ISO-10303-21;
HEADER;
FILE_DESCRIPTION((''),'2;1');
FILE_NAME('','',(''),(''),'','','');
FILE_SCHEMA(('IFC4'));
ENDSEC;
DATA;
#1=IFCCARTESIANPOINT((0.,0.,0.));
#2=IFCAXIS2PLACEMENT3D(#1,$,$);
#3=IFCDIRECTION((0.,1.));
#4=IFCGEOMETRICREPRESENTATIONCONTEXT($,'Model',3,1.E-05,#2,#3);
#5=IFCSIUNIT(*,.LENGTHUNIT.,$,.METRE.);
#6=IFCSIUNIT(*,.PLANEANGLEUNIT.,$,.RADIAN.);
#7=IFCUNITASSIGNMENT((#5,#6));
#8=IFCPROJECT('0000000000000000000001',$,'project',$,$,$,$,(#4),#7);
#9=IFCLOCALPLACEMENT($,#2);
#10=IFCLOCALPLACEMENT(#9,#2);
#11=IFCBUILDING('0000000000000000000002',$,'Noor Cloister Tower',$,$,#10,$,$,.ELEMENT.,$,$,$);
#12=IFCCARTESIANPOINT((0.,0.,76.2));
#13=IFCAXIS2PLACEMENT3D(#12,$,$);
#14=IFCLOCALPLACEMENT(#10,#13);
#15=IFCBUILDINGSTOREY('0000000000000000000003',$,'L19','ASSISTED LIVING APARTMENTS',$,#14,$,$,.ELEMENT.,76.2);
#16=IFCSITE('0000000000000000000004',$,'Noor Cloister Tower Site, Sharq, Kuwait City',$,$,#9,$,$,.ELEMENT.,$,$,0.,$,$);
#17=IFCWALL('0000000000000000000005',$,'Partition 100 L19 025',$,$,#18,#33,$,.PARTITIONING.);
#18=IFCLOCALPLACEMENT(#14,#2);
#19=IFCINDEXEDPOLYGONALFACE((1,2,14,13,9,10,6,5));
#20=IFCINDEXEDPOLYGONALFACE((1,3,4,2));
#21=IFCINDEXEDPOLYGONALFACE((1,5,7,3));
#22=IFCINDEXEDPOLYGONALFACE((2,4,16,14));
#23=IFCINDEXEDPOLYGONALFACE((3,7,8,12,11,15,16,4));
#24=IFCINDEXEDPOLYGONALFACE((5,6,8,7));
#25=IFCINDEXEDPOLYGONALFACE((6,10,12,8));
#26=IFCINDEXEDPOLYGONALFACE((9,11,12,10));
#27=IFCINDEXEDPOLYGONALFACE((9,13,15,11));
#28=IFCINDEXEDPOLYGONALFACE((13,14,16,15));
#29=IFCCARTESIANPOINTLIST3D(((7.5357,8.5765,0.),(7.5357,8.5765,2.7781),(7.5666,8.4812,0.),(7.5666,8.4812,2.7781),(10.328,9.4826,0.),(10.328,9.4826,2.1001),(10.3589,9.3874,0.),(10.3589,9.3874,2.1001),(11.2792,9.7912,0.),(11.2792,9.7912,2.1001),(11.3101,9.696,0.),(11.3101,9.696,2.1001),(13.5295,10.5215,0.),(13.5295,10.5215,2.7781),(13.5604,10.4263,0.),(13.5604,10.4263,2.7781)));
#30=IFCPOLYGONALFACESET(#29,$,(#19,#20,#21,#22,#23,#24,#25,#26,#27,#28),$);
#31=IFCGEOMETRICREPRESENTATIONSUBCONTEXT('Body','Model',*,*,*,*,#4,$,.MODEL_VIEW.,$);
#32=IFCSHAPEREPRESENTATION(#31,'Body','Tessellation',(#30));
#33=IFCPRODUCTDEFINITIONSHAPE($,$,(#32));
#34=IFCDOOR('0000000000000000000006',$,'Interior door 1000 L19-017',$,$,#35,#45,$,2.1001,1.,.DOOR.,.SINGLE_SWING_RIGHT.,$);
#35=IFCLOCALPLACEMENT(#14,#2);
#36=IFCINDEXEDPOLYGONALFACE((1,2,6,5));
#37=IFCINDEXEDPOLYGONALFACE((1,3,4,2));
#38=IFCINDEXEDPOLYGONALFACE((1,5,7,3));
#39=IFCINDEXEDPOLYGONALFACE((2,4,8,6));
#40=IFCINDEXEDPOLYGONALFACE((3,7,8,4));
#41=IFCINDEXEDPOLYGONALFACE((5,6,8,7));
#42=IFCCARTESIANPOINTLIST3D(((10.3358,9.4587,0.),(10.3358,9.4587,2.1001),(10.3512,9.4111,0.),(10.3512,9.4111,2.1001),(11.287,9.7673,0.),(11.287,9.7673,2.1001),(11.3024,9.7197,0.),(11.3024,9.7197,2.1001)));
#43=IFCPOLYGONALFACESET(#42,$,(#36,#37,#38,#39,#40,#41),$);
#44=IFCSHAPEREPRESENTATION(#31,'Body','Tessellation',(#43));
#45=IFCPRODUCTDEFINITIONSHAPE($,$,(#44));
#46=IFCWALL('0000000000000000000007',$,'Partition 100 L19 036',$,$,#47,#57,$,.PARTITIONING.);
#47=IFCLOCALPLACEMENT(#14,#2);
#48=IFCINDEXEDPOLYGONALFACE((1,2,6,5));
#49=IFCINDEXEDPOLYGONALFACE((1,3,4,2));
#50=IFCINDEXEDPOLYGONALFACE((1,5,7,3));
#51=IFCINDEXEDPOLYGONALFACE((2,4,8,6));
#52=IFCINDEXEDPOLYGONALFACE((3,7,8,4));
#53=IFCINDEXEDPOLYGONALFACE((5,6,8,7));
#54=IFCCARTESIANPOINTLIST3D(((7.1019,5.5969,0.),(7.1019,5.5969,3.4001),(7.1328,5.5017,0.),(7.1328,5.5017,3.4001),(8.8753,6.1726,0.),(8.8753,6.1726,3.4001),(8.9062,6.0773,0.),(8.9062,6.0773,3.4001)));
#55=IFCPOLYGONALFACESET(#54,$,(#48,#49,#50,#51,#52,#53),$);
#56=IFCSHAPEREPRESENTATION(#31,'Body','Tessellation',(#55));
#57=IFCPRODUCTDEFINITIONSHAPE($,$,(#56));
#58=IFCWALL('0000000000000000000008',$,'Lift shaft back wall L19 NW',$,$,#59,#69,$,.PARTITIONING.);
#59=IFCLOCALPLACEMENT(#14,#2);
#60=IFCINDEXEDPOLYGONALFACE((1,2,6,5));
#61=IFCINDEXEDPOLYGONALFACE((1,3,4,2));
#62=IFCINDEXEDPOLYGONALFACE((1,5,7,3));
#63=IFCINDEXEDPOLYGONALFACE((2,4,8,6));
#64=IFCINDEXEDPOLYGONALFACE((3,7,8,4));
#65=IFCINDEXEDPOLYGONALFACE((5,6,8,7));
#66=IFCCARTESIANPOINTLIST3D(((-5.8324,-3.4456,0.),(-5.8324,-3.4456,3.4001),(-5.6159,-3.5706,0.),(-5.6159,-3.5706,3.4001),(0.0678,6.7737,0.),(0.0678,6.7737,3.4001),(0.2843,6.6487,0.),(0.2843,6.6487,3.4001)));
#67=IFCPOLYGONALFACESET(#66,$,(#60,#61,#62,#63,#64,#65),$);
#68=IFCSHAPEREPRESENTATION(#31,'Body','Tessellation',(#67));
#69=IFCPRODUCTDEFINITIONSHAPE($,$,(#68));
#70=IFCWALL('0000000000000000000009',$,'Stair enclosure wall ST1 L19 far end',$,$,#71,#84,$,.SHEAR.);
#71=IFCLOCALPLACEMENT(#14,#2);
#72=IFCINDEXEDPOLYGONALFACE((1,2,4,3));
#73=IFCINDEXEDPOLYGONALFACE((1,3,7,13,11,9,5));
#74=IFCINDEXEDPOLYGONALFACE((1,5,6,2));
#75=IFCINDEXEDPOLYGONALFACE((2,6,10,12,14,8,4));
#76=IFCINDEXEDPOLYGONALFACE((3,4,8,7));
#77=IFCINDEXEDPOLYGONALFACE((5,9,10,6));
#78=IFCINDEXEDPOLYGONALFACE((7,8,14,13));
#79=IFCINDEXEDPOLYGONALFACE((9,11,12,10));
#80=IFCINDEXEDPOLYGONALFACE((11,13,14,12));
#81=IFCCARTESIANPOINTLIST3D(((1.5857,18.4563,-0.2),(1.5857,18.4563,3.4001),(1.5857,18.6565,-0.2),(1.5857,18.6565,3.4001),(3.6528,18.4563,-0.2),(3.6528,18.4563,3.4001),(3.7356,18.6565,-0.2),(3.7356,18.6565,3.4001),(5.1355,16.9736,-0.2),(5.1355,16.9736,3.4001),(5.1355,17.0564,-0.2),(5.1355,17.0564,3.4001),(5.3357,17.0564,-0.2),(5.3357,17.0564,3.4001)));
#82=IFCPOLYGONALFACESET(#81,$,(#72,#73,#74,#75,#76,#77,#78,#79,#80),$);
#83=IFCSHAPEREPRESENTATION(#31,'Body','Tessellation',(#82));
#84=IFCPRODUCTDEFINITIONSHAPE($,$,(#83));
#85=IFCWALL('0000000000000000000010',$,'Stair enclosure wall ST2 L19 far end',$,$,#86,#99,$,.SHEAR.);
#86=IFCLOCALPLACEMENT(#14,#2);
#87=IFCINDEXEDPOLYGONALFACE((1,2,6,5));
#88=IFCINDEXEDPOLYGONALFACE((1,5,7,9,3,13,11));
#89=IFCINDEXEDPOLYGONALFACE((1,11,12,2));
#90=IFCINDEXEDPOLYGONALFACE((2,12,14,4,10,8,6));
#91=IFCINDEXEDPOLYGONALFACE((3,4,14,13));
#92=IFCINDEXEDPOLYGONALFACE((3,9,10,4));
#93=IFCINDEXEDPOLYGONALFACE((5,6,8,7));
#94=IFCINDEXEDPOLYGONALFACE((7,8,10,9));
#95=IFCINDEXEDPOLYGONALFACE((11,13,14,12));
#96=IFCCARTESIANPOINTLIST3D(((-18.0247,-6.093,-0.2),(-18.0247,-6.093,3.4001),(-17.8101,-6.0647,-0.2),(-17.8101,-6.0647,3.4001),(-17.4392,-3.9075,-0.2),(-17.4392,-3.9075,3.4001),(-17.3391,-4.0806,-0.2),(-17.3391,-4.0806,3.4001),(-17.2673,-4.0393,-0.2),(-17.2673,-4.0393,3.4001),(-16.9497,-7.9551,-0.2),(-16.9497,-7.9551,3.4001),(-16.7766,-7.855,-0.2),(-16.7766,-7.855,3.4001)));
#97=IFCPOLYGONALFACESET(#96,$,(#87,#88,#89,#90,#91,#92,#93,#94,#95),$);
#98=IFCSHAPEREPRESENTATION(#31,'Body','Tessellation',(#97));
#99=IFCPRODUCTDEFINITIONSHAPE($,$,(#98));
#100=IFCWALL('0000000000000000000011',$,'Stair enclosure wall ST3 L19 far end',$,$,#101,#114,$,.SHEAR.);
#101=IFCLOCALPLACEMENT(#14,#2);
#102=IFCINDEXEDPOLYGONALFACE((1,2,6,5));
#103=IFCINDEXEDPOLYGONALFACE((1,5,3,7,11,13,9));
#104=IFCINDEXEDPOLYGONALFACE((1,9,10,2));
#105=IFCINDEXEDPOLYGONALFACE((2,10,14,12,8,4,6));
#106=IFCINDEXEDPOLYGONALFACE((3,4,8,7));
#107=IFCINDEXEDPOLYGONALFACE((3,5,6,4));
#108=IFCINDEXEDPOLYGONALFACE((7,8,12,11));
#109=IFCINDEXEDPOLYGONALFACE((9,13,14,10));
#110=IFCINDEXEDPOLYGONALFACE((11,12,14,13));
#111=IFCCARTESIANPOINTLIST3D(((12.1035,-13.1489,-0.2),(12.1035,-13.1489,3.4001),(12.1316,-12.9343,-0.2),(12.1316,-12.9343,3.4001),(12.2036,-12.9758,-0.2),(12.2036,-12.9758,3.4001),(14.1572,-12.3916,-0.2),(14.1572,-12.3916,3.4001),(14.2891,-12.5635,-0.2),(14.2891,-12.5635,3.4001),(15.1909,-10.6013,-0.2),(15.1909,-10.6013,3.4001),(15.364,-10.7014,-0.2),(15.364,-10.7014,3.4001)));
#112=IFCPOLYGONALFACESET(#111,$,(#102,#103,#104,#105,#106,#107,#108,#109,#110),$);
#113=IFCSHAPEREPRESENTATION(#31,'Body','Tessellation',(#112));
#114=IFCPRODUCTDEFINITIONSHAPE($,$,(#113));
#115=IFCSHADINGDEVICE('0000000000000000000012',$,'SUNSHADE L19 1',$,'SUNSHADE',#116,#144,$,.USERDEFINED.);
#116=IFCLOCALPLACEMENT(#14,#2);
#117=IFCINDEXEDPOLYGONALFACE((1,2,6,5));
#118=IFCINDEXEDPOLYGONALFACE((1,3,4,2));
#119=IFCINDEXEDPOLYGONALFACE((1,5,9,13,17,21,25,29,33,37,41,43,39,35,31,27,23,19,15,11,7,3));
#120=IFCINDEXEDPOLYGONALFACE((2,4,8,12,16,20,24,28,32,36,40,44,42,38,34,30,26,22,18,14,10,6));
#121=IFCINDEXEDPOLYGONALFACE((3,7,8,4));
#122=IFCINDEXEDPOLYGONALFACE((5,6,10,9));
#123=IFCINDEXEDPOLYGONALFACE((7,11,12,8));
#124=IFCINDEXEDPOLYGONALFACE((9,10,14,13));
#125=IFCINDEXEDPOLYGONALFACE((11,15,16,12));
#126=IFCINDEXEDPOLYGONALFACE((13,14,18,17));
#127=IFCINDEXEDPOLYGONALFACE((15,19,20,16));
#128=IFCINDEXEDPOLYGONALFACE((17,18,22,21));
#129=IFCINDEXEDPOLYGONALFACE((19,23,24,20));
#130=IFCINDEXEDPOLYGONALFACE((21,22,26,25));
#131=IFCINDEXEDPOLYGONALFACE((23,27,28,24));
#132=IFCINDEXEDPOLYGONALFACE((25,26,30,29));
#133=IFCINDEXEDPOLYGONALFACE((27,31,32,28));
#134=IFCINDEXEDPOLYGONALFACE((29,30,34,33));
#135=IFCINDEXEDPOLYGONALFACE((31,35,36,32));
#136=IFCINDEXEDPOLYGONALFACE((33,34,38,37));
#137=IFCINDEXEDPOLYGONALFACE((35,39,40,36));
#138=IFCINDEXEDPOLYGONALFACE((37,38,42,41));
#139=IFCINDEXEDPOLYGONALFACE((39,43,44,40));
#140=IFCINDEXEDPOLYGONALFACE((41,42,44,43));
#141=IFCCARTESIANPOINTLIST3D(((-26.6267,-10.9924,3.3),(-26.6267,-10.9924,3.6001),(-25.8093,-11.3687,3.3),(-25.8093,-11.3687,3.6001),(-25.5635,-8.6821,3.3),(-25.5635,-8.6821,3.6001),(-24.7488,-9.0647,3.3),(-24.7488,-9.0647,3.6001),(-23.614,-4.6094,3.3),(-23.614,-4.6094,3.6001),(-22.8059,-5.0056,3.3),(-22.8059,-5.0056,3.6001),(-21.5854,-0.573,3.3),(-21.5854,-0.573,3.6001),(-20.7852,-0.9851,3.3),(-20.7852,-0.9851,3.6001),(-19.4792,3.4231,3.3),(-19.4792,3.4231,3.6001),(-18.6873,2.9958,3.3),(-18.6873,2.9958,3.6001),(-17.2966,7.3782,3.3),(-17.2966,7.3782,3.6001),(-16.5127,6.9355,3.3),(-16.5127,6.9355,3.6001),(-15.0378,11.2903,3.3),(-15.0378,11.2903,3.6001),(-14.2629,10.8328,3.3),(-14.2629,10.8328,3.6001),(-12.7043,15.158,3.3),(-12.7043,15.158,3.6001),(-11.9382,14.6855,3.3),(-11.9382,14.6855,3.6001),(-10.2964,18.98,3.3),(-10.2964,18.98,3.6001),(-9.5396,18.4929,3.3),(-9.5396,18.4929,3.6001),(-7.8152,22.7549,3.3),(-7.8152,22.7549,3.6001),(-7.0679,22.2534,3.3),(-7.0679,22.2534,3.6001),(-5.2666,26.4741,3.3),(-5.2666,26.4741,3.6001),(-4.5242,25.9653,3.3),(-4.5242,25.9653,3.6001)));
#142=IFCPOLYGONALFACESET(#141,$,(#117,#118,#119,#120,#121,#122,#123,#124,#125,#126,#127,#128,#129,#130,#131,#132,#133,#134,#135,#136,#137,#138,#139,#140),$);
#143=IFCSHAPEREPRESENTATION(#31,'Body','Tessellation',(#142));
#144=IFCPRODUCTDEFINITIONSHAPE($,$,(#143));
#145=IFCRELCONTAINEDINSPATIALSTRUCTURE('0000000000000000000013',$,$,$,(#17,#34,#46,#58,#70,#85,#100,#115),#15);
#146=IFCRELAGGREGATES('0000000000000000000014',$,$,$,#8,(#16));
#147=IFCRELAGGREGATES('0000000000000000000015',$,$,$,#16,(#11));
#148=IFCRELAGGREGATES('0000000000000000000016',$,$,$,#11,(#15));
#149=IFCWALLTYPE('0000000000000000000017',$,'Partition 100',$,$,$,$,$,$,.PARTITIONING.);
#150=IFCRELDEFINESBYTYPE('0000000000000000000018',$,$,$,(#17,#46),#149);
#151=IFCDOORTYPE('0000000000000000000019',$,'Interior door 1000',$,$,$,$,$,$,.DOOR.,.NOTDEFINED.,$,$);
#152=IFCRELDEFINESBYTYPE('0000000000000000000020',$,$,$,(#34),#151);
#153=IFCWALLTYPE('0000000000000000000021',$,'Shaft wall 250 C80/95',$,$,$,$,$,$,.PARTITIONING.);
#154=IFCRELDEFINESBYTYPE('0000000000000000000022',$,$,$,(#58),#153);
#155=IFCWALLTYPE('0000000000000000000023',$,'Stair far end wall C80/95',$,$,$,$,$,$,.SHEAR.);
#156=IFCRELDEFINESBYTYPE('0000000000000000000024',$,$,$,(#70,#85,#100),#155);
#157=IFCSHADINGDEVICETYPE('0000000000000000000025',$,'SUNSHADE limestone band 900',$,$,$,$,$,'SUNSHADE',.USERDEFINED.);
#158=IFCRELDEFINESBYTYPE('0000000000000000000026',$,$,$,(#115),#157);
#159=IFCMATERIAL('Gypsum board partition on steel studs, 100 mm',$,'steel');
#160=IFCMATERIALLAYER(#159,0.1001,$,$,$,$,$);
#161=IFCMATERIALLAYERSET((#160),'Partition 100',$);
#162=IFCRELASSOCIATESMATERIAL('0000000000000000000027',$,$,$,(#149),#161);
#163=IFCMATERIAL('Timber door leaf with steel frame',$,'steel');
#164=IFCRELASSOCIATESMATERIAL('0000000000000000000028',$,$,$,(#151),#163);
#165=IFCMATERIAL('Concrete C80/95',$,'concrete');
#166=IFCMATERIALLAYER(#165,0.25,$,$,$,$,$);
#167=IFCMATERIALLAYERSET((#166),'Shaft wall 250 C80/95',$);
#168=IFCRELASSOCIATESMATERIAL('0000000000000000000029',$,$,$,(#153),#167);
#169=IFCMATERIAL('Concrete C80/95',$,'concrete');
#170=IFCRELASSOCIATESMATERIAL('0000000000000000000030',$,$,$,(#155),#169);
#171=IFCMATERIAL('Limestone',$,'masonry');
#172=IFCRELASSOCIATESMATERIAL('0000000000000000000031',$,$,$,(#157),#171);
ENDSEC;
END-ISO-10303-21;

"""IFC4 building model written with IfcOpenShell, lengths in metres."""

from ifc_helpers import new_model, si_unit, direction, frame, frame_2d, origin, place, context, subcontext, project, spatial, polyline, rectangle, outline, extrude, material, layer, layer_set, type_object, element, fill, save


model = new_model("IFC4")

# Units and contexts
model_context = context("Model", 3, precision=1e-05, world=origin(), true_north=direction((0.0, 1.0)))
body_context = subcontext(model_context, "Body", "Model", "MODEL_VIEW")
ifc_project = project(units=[si_unit("LENGTHUNIT", "METRE"), si_unit("PLANEANGLEUNIT", "RADIAN")], contexts=[model_context])

# Site, building, storey
site_placement = place(None, origin())
site = spatial("IfcSite", under=ifc_project, at=site_placement, Name="Noor Cloister Tower Site, Sharq, Kuwait City", CompositionType="ELEMENT", RefElevation=0.0)
building_placement = place(site_placement, origin())
building = spatial("IfcBuilding", under=site, at=building_placement, Name="Noor Cloister Tower", CompositionType="ELEMENT")
storey_placement = place(building_placement, frame((0.0, 0.0, 76.2)))
storey = spatial("IfcBuildingStorey", under=building, at=storey_placement, Name="L19", Description="ASSISTED LIVING APARTMENTS", CompositionType="ELEMENT", Elevation=76.2)

# Wall, opening, door
ifc_material_1 = material(Name="Gypsum board partition on steel studs, 100 mm", Category="steel")
ifc_layer_1 = layer(ifc_material_1, 0.1001)
ifc_layer_set_1 = layer_set([ifc_layer_1], Name="Partition 100")
wall_type_1 = type_object("IfcWallType", Name="Partition 100", PredefinedType="PARTITIONING", material=ifc_layer_set_1)
wall_1_placement = place(storey_placement, frame((7.551, 8.5288, 0.0), z_axis=(0.0, 0.0, 1.0), x_axis=(0.951171, 0.308663, 0.0)))
wall_1 = element("IfcWall", 1, at=wall_1_placement, inside=storey, type_object=wall_type_1, Name="Partition 100 L19 025", PredefinedType="PARTITIONING", context=body_context, shape_type="SweptSolid", body=[
    extrude(rectangle(XDim=6.3015, YDim=0.1001, at=frame_2d((3.1509, 0.0))), origin(), (0.0, 0.0, 1.0), 2.7781),
])
opening_1_placement = place(wall_1_placement, frame((2.9358, 0.0, 0.0)))
opening_1 = element("IfcOpeningElement", 2, at=opening_1_placement, cuts=wall_1, PredefinedType="OPENING", context=body_context, shape_type="SweptSolid", body=[
    extrude(rectangle(XDim=1.0, YDim=2.1001, at=frame_2d((0.5, 1.05))), frame((0.0, 0.0601, 0.0), z_axis=(0.0, -1.0, 0.0), x_axis=(1.0, 0.0, 0.0)), (0.0, 0.0, 1.0), 0.1201),
])
ifc_material_2 = material(Name="Timber door leaf with steel frame", Category="steel")
door_type_1 = type_object("IfcDoorType", Name="Interior door 1000", OperationType="NOTDEFINED", PredefinedType="DOOR", material=ifc_material_2)
door_1_placement = place(opening_1_placement, origin())
door_1 = element("IfcDoor", 3, at=door_1_placement, inside=storey, type_object=door_type_1, Name="Interior door 1000 L19-017", OperationType="SINGLE_SWING_RIGHT", OverallHeight=2.1001, OverallWidth=1.0, PredefinedType="DOOR", context=body_context, shape_type="SweptSolid", body=[
    extrude(rectangle(XDim=1.0, YDim=2.1001, at=frame_2d((0.5, 1.05))), frame((0.0, 0.0249, 0.0), z_axis=(0.0, -1.0, 0.0), x_axis=(1.0, 0.0, 0.0)), (0.0, 0.0, 1.0), 0.05),
])
fill(opening_1, door_1)

# Walls
wall_2_placement = place(storey_placement, frame((7.1174, 5.5493, 0.0), z_axis=(0.0, 0.0, 1.0), x_axis=(0.951142, 0.308754, 0.0)))
element("IfcWall", 4, at=wall_2_placement, inside=storey, type_object=wall_type_1, Name="Partition 100 L19 036", PredefinedType="PARTITIONING", context=body_context, shape_type="SweptSolid", body=[
    extrude(rectangle(XDim=1.8645, YDim=0.1001, at=frame_2d((0.9321, 0.0))), origin(), (0.0, 0.0, 1.0), 3.4001),
])
ifc_material_3 = material(Name="Concrete C80/95", Category="concrete")
ifc_layer_2 = layer(ifc_material_3, 0.25)
ifc_layer_set_2 = layer_set([ifc_layer_2], Name="Shaft wall 250 C80/95")
wall_type_2 = type_object("IfcWallType", Name="Shaft wall 250 C80/95", PredefinedType="PARTITIONING", material=ifc_layer_set_2)
wall_3_placement = place(storey_placement, frame((0.176, 6.7112, 0.0), z_axis=(0.0, 0.0, 1.0), x_axis=(-0.500004, -0.866023, 0.0)))
element("IfcWall", 5, at=wall_3_placement, inside=storey, type_object=wall_type_2, Name="Lift shaft back wall L19 NW", PredefinedType="PARTITIONING", context=body_context, shape_type="SweptSolid", body=[
    extrude(rectangle(XDim=11.8003, YDim=0.25, at=frame_2d((5.9001, 0.0))), origin(), (0.0, 0.0, 1.0), 3.4001),
])
ifc_material_4 = material(Name="Concrete C80/95", Category="concrete")
wall_type_3 = type_object("IfcWallType", Name="Stair far end wall C80/95", PredefinedType="SHEAR", material=ifc_material_4)
wall_4_placement = place(storey_placement, frame((0.0, 0.0, -0.2)))
element("IfcWall", 6, at=wall_4_placement, inside=storey, type_object=wall_type_3, Name="Stair enclosure wall ST1 L19 far end", PredefinedType="SHEAR", context=body_context, shape_type="SweptSolid", body=[
    extrude(outline(polyline([(5.3357, 17.0564), (3.7356, 18.6565), (1.5857, 18.6565), (1.5857, 18.4563), (3.6528, 18.4563), (5.1355, 16.9736), (5.1355, 17.0564), (5.1355, 17.0564), (5.1355, 17.0564), (5.1355, 17.0564), (5.1355, 17.0564), (5.1355, 17.0564), (5.1355, 17.0564), (5.1355, 17.0564), (5.1355, 17.0564), (5.1355, 17.0564), (5.1355, 17.0564), (5.1355, 17.0564), (5.1355, 17.0564), (5.1355, 17.0564), (5.1355, 17.0564), (5.1355, 17.0564), (5.1355, 17.0564), (5.3357, 17.0564)])), origin(), (0.0, 0.0, 1.0), 3.6001),
])
wall_5_placement = place(storey_placement, frame((0.0, 0.0, -0.2)))
element("IfcWall", 7, at=wall_5_placement, inside=storey, type_object=wall_type_3, Name="Stair enclosure wall ST2 L19 far end", PredefinedType="SHEAR", context=body_context, shape_type="SweptSolid", body=[
    extrude(outline(polyline([(-17.4392, -3.9075), (-18.0247, -6.093), (-16.9497, -7.9551), (-16.7766, -7.855), (-17.8101, -6.0647), (-17.2673, -4.0393), (-17.3391, -4.0806), (-17.3391, -4.0806), (-17.3391, -4.0806), (-17.3391, -4.0806), (-17.3391, -4.0806), (-17.3391, -4.0806), (-17.3391, -4.0806), (-17.3391, -4.0806), (-17.3391, -4.0806), (-17.3391, -4.0806), (-17.3391, -4.0806), (-17.3391, -4.0806), (-17.3391, -4.0806), (-17.3391, -4.0806), (-17.3391, -4.0806), (-17.3391, -4.0806), (-17.3391, -4.0806), (-17.4392, -3.9075)])), origin(), (0.0, 0.0, 1.0), 3.6001),
])
wall_6_placement = place(storey_placement, frame((0.0, 0.0, -0.2)))
element("IfcWall", 8, at=wall_6_placement, inside=storey, type_object=wall_type_3, Name="Stair enclosure wall ST3 L19 far end", PredefinedType="SHEAR", context=body_context, shape_type="SweptSolid", body=[
    extrude(outline(polyline([(12.1035, -13.1489), (14.2891, -12.5635), (15.364, -10.7014), (15.1909, -10.6013), (14.1572, -12.3916), (12.1316, -12.9343), (12.2036, -12.9758), (12.2036, -12.9758), (12.2036, -12.9758), (12.2036, -12.9758), (12.2036, -12.9758), (12.2036, -12.9758), (12.2036, -12.9758), (12.2036, -12.9758), (12.2036, -12.9758), (12.2036, -12.9758), (12.2036, -12.9758), (12.2036, -12.9758), (12.2036, -12.9758), (12.2036, -12.9758), (12.2036, -12.9758), (12.2036, -12.9758), (12.2036, -12.9758), (12.1035, -13.1489)])), origin(), (0.0, 0.0, 1.0), 3.6001),
])

# Shading device
ifc_material_5 = material(Name="Limestone", Category="masonry")
shading_device_type = type_object("IfcShadingDeviceType", Name="SUNSHADE limestone band 900", ElementType="SUNSHADE", PredefinedType="USERDEFINED", material=ifc_material_5)
shading_device_1_placement = place(storey_placement, frame((0.0, 0.0, 3.3)))
element("IfcShadingDevice", 9, at=shading_device_1_placement, inside=storey, type_object=shading_device_type, Name="SUNSHADE L19 1", ObjectType="SUNSHADE", PredefinedType="USERDEFINED", context=body_context, shape_type="SweptSolid", body=[
    extrude(outline(polyline([(-5.2666, 26.4741), (-7.8152, 22.7549), (-10.2964, 18.98), (-12.7043, 15.158), (-15.0378, 11.2903), (-17.2966, 7.3782), (-19.4792, 3.4231), (-21.5854, -0.573), (-23.614, -4.6094), (-25.5635, -8.6821), (-26.6267, -10.9924), (-25.8093, -11.3687), (-24.7488, -9.0647), (-22.8059, -5.0056), (-20.7852, -0.9851), (-18.6873, 2.9958), (-16.5127, 6.9355), (-14.2629, 10.8328), (-11.9382, 14.6855), (-9.5396, 18.4929), (-7.0679, 22.2534), (-4.5242, 25.9653), (-5.2666, 26.4741)])), origin(), (0.0, 0.0, 1.0), 0.3),
])

save(model, "model.ifc")
